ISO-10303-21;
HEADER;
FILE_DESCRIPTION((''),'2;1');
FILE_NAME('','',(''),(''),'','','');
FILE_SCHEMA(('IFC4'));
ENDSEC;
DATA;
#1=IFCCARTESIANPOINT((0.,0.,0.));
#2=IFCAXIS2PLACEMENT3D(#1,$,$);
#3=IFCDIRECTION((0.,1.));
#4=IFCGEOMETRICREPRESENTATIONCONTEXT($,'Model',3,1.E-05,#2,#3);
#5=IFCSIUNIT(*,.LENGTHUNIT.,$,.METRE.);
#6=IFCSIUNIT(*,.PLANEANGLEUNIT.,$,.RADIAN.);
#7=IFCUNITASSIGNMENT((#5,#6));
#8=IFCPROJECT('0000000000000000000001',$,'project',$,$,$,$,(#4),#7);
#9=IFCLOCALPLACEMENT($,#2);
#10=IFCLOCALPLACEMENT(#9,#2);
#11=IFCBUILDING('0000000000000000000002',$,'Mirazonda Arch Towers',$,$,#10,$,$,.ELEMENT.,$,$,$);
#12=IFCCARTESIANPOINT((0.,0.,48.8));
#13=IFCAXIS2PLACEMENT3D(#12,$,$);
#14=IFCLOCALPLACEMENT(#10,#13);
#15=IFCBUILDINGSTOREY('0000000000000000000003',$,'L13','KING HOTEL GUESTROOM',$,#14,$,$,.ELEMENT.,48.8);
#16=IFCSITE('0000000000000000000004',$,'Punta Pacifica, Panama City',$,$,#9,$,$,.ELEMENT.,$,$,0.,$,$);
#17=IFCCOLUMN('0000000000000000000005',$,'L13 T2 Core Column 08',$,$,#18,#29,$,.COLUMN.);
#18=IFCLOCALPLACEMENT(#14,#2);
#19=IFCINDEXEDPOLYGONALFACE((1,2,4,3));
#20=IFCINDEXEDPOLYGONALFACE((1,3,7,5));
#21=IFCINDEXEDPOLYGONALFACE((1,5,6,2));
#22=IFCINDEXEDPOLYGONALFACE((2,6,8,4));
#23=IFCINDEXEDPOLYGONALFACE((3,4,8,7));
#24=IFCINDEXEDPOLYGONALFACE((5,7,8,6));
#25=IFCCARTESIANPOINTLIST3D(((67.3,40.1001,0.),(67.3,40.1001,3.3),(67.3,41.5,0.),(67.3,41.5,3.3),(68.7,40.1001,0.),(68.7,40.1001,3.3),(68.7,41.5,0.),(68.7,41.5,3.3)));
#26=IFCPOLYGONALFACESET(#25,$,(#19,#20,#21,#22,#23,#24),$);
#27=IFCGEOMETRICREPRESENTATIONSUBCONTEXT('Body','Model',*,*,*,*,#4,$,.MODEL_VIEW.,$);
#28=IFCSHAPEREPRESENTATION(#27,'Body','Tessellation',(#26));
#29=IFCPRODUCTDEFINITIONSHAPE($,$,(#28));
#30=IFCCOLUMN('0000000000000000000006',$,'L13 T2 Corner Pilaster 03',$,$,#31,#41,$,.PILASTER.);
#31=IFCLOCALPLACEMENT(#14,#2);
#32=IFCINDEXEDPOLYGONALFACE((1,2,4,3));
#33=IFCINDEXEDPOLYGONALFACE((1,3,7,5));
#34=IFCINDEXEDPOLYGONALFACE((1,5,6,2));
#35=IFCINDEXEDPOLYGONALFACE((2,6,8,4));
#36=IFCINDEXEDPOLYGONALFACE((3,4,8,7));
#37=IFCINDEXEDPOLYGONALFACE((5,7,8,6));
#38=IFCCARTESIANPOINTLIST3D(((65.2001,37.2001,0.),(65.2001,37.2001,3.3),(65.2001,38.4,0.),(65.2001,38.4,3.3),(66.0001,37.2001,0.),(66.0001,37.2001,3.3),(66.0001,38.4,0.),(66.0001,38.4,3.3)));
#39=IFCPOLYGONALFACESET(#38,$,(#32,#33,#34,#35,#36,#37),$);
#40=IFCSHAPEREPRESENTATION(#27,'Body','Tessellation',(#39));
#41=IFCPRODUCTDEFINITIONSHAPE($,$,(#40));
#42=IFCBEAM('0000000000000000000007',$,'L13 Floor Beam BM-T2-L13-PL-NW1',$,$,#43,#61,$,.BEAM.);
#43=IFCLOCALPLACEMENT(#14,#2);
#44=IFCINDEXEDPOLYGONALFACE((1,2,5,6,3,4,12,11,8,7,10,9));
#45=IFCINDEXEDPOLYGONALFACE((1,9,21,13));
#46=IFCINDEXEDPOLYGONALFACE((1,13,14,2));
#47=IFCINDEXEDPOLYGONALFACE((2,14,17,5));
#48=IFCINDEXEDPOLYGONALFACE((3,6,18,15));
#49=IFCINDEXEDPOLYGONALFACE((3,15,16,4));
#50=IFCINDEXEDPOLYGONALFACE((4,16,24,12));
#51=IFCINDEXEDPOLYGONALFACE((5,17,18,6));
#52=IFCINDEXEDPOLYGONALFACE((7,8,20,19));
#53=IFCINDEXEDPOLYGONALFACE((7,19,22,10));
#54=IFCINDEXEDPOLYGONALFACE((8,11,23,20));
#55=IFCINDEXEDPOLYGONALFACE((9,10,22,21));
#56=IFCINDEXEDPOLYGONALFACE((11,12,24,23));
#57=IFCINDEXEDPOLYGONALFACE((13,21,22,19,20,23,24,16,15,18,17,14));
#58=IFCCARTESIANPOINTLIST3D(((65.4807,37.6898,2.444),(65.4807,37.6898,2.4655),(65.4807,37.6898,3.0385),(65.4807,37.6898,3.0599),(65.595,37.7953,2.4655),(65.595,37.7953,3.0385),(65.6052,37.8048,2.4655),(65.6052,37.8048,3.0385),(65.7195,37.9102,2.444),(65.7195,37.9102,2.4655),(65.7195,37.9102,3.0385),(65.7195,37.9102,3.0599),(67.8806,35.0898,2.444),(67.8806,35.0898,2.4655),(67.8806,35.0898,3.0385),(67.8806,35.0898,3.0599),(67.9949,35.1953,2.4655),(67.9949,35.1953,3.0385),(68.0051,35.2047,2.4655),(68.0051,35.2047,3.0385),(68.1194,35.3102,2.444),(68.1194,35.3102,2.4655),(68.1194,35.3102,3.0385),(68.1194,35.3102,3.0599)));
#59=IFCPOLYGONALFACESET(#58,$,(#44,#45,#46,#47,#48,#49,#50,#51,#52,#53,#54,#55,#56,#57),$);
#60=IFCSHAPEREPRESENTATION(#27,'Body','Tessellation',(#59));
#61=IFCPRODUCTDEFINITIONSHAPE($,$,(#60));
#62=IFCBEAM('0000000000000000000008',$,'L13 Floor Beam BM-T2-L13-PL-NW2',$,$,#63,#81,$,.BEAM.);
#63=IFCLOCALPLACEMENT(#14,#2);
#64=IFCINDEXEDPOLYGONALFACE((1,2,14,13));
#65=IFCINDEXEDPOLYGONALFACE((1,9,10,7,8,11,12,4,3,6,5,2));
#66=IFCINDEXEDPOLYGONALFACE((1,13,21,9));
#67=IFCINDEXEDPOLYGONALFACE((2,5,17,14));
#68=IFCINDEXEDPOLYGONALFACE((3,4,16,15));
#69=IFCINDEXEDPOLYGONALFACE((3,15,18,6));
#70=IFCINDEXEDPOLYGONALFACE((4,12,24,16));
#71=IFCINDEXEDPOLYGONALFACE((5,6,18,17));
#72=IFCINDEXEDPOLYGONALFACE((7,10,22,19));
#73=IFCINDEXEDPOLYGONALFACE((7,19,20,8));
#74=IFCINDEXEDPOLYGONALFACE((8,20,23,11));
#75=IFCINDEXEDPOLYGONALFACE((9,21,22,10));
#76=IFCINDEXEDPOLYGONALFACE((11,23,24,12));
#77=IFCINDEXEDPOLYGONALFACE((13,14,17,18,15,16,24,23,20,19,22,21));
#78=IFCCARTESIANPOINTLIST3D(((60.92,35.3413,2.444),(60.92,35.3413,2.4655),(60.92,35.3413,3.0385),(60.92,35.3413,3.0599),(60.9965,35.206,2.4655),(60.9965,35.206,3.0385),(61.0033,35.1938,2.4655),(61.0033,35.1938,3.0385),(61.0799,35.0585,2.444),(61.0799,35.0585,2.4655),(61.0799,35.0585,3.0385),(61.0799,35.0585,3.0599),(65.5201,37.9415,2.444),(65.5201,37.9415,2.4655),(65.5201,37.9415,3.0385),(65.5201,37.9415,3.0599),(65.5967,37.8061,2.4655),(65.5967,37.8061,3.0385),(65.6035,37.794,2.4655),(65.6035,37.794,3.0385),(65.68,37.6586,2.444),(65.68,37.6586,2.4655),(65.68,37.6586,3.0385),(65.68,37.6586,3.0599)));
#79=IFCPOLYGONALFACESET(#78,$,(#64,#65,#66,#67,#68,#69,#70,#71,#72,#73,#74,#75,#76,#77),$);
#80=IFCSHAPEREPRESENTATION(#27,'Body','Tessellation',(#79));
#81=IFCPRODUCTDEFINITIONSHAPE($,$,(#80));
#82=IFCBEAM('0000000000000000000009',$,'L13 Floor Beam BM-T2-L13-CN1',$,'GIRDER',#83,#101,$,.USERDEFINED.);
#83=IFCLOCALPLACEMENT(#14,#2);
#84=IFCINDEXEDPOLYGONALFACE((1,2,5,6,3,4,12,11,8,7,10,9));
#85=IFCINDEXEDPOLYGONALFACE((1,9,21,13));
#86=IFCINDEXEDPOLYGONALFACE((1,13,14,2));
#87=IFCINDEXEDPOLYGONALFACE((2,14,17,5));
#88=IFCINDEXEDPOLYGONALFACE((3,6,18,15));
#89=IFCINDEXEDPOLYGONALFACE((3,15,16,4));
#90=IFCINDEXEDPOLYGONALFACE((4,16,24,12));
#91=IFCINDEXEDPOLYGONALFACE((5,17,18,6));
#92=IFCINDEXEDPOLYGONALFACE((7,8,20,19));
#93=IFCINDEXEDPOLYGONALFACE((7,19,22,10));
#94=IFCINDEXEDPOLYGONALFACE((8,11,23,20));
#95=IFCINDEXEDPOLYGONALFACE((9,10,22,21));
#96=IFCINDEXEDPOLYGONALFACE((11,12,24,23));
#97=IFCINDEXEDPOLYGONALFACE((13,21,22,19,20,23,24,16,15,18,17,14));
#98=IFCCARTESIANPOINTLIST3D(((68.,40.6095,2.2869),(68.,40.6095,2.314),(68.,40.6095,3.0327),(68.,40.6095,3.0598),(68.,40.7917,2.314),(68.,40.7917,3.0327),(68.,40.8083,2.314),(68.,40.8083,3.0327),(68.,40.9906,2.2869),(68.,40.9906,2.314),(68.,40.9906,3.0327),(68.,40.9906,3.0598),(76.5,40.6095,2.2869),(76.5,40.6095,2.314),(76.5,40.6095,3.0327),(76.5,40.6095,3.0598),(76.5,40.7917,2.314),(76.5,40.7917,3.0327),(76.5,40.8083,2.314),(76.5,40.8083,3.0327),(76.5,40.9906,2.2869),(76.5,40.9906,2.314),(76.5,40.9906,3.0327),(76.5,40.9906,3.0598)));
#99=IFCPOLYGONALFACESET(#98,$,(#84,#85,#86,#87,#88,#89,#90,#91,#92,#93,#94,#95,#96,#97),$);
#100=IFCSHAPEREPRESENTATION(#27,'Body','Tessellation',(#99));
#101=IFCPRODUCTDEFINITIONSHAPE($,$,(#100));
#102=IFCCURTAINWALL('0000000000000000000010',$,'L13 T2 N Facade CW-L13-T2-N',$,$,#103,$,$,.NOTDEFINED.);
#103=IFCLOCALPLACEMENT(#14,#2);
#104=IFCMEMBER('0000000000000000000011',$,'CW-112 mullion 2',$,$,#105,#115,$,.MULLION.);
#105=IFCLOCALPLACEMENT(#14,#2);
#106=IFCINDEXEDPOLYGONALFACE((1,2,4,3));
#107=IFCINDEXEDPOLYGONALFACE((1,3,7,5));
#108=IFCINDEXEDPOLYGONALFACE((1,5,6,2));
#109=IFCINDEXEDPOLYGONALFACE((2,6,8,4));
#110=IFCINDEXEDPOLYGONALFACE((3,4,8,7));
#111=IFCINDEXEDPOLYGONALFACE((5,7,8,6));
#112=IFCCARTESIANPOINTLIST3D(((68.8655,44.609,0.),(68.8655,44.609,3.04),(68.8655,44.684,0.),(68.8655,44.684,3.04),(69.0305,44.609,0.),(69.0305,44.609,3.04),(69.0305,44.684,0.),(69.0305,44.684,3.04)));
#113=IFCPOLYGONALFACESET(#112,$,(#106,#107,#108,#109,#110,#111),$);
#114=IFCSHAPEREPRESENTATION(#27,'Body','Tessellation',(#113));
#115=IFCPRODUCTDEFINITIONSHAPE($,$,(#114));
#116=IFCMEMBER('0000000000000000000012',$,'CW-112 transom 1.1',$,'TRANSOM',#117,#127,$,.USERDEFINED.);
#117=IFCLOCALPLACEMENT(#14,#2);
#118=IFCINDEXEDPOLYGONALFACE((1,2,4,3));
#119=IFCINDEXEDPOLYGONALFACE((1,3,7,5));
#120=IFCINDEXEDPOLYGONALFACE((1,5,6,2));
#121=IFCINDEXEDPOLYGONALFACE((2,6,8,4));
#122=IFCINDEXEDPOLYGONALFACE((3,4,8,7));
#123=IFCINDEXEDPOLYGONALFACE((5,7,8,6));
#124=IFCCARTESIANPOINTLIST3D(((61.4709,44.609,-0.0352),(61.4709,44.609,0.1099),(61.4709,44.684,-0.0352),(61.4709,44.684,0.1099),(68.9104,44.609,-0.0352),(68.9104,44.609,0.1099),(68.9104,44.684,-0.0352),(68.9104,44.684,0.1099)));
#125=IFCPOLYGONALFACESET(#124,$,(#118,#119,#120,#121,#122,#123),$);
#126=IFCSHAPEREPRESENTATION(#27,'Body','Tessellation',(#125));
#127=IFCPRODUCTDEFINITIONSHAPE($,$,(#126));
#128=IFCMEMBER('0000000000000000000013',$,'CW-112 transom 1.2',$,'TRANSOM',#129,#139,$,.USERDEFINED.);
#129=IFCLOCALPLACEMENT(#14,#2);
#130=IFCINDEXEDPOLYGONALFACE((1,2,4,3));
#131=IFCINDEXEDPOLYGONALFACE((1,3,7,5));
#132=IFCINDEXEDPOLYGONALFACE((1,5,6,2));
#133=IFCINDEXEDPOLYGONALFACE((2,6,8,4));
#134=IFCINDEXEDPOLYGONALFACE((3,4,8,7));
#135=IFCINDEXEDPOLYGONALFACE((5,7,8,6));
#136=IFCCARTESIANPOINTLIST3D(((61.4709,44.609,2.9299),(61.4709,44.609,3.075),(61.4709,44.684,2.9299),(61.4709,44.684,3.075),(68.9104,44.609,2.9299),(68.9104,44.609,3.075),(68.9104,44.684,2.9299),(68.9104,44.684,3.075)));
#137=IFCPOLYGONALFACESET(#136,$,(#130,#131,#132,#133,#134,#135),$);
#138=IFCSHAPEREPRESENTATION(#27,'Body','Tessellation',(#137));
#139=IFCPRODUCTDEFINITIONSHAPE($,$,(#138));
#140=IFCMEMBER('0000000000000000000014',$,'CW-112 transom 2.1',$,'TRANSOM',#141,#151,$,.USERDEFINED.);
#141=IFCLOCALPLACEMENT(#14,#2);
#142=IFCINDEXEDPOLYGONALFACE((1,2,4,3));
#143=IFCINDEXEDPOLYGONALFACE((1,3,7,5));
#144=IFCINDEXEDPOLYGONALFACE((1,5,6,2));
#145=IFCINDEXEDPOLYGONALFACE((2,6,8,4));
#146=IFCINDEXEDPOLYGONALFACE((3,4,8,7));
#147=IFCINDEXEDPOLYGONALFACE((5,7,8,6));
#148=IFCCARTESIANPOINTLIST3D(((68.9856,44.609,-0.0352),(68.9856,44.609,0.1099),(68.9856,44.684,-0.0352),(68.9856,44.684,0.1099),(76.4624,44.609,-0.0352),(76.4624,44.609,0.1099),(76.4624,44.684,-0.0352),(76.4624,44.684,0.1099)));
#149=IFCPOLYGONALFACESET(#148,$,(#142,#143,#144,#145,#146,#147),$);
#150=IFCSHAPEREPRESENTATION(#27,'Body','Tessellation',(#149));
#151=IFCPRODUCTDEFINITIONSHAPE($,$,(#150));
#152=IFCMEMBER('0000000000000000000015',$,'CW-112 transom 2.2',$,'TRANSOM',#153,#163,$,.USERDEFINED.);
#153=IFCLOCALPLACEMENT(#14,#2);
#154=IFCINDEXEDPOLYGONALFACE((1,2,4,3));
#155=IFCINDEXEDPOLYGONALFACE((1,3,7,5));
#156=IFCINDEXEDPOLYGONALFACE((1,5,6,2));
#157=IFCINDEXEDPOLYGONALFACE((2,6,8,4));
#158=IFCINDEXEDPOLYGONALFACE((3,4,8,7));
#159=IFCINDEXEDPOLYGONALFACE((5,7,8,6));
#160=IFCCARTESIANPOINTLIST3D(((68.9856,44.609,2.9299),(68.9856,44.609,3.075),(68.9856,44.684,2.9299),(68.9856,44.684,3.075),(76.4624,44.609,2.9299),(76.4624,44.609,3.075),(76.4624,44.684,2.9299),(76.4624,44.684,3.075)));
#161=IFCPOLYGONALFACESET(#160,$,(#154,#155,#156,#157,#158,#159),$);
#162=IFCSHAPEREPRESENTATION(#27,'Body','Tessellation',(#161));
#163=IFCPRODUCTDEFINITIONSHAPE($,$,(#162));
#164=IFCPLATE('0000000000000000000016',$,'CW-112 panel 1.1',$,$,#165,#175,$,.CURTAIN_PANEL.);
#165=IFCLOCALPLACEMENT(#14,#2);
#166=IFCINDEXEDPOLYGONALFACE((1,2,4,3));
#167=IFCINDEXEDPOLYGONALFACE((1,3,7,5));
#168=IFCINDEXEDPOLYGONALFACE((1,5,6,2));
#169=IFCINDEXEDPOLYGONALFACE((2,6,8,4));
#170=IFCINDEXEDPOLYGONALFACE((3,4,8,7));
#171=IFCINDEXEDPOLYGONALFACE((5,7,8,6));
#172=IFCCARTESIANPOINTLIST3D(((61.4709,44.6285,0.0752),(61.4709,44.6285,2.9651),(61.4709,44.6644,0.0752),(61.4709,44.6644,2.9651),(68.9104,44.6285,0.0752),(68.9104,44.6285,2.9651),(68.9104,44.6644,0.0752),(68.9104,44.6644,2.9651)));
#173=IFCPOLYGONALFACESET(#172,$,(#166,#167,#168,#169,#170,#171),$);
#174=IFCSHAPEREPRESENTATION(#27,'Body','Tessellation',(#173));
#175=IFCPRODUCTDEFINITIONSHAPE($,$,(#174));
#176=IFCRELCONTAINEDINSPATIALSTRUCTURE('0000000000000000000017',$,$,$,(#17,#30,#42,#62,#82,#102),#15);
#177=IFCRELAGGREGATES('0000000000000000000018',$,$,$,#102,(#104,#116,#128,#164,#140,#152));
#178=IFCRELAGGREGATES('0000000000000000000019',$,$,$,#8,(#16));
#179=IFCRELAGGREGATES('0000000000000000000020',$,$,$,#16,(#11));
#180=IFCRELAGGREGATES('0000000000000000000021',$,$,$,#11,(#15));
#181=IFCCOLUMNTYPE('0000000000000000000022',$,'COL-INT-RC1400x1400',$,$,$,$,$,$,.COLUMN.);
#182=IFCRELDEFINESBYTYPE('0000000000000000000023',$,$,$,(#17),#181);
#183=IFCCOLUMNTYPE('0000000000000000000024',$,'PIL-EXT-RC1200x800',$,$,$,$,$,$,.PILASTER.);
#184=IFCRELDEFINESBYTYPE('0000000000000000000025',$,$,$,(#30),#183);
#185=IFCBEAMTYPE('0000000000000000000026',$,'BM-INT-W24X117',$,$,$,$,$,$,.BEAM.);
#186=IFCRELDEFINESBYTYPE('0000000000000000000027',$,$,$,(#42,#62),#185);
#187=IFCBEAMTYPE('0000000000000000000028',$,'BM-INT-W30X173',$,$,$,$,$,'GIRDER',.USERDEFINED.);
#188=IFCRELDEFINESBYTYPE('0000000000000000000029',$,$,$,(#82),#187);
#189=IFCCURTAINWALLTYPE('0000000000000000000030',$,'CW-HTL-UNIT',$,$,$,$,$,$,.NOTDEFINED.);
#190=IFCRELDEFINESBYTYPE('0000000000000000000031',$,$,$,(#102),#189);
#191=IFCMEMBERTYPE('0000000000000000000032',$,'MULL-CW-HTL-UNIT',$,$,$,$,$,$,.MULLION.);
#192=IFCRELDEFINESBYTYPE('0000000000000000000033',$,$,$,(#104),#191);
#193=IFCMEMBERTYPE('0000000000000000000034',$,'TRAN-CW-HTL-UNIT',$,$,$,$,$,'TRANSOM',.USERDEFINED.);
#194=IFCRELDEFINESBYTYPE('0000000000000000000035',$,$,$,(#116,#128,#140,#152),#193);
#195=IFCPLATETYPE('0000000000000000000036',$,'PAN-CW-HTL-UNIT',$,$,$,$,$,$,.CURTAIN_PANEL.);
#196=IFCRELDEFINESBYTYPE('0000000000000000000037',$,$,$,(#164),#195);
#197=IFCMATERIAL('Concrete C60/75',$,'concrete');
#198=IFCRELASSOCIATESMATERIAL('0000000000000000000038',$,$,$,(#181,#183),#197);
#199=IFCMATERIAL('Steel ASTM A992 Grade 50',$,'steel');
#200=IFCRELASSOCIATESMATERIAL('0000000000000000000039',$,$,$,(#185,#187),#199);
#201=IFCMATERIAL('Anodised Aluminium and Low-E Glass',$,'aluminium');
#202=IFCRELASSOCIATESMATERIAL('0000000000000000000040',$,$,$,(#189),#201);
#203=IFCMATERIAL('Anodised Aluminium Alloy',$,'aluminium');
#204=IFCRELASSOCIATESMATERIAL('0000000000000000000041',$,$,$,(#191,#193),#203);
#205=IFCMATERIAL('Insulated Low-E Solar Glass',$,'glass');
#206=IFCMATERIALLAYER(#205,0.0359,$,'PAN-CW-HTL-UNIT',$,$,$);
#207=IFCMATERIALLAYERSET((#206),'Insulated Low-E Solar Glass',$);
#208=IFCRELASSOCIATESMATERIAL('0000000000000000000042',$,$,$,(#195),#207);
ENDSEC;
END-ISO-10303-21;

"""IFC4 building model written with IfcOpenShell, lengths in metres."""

from ifc_helpers import new_model, si_unit, direction, frame, origin, origin_2d, place, context, subcontext, project, spatial, rectangle, i_section, extrude, material, layer, layer_set, material_profile, profile_set, type_object, element, aggregate, save


model = new_model("IFC4")

# Units and contexts
model_context = context("Model", 3, precision=1e-05, world=origin(), true_north=direction((0.0, 1.0)))
body_context = subcontext(model_context, "Body", "Model", "MODEL_VIEW")
ifc_project = project(units=[si_unit("LENGTHUNIT", "METRE"), si_unit("PLANEANGLEUNIT", "RADIAN")], contexts=[model_context])

# Site, building, storey
site_placement = place(None, origin())
site = spatial("IfcSite", under=ifc_project, at=site_placement, Name="Punta Pacifica, Panama City", CompositionType="ELEMENT", RefElevation=0.0)
building_placement = place(site_placement, origin())
building = spatial("IfcBuilding", under=site, at=building_placement, Name="Mirazonda Arch Towers", CompositionType="ELEMENT")
storey_placement = place(building_placement, frame((0.0, 0.0, 48.8)))
storey = spatial("IfcBuildingStorey", under=building, at=storey_placement, Name="L13", Description="KING HOTEL GUESTROOM", CompositionType="ELEMENT", Elevation=48.8)

# Columns
ifc_material_1 = material(Name="Concrete C60/75", Category="concrete")
ifc_material_profile_1 = material_profile(ifc_material_1, rectangle(XDim=1.3999, YDim=1.3999, at=origin_2d()), Name="RC1400x1400")
ifc_profile_set_1 = profile_set([ifc_material_profile_1], Name="Concrete C60/75")
column_type_1 = type_object("IfcColumnType", Name="COL-INT-RC1400x1400", PredefinedType="COLUMN", material=ifc_profile_set_1)
column_1_placement = place(storey_placement, frame((68.0, 40.8, 0.0), z_axis=(0.0, 0.0, 1.0), x_axis=(1.0, 0.0, 0.0)))
element("IfcColumn", 1, at=column_1_placement, inside=storey, type_object=column_type_1, Name="L13 T2 Core Column 08", PredefinedType="COLUMN", context=body_context, shape_type="SweptSolid", body=[
    extrude(rectangle(XDim=1.3999, YDim=1.3999, at=origin_2d()), origin(), (0.0, 0.0, 1.0), 3.3),
])
ifc_material_profile_2 = material_profile(ifc_material_1, rectangle(XDim=0.8, YDim=1.2, at=origin_2d()), Name="RC1200x800")
ifc_profile_set_2 = profile_set([ifc_material_profile_2], Name="Concrete C60/75")
column_type_2 = type_object("IfcColumnType", Name="PIL-EXT-RC1200x800", PredefinedType="PILASTER", material=ifc_profile_set_2)
column_2_placement = place(storey_placement, frame((65.6001, 37.8, 0.0), z_axis=(0.0, 0.0, 1.0), x_axis=(1.0, 0.0, 0.0)))
element("IfcColumn", 2, at=column_2_placement, inside=storey, type_object=column_type_2, Name="L13 T2 Corner Pilaster 03", PredefinedType="PILASTER", context=body_context, shape_type="SweptSolid", body=[
    extrude(rectangle(XDim=0.8, YDim=1.2, at=origin_2d()), origin(), (0.0, 0.0, 1.0), 3.3),
])

# Beams
ifc_material_2 = material(Name="Steel ASTM A992 Grade 50", Category="steel")
ifc_material_profile_3 = material_profile(ifc_material_2, i_section(OverallWidth=0.325, OverallDepth=0.616, WebThickness=0.0139, FlangeThickness=0.0215, at=origin_2d()), Name="W24X117")
ifc_profile_set_3 = profile_set([ifc_material_profile_3], Name="Steel ASTM A992 Grade 50")
beam_type_1 = type_object("IfcBeamType", Name="BM-INT-W24X117", PredefinedType="BEAM", material=ifc_profile_set_3)
beam_1_placement = place(storey_placement, frame((65.6001, 37.8, 2.752), z_axis=(0.678251, -0.73483, 0.0), x_axis=(0.73483, 0.678251, 0.0)))
element("IfcBeam", 3, at=beam_1_placement, inside=storey, type_object=beam_type_1, Name="L13 Floor Beam BM-T2-L13-PL-NW1", PredefinedType="BEAM", context=body_context, shape_type="SweptSolid", body=[
    extrude(i_section(OverallWidth=0.325, OverallDepth=0.616, WebThickness=0.0139, FlangeThickness=0.0215, at=origin_2d()), origin(), (0.0, 0.0, 1.0), 3.5383),
])
beam_2_placement = place(storey_placement, frame((65.6001, 37.8, 2.752), z_axis=(-0.870559, -0.492063, 0.0), x_axis=(0.492063, -0.870559, 0.0)))
element("IfcBeam", 4, at=beam_2_placement, inside=storey, type_object=beam_type_1, Name="L13 Floor Beam BM-T2-L13-PL-NW2", PredefinedType="BEAM", context=body_context, shape_type="SweptSolid", body=[
    extrude(i_section(OverallWidth=0.325, OverallDepth=0.616, WebThickness=0.0139, FlangeThickness=0.0215, at=origin_2d()), origin(), (0.0, 0.0, 1.0), 5.2842),
])
ifc_material_profile_4 = material_profile(ifc_material_2, i_section(OverallWidth=0.3811, OverallDepth=0.7729, WebThickness=0.0166, FlangeThickness=0.0271, at=origin_2d()), Name="W30X173")
ifc_profile_set_4 = profile_set([ifc_material_profile_4], Name="Steel ASTM A992 Grade 50")
beam_type_2 = type_object("IfcBeamType", Name="BM-INT-W30X173", ElementType="GIRDER", PredefinedType="USERDEFINED", material=ifc_profile_set_4)
beam_3_placement = place(storey_placement, frame((68.0, 40.8, 2.6733), z_axis=(1.0, 0.0, 0.0), x_axis=(0.0, 1.0, 0.0)))
element("IfcBeam", 5, at=beam_3_placement, inside=storey, type_object=beam_type_2, Name="L13 Floor Beam BM-T2-L13-CN1", ObjectType="GIRDER", PredefinedType="USERDEFINED", context=body_context, shape_type="SweptSolid", body=[
    extrude(i_section(OverallWidth=0.3811, OverallDepth=0.7729, WebThickness=0.0166, FlangeThickness=0.0271, at=origin_2d()), origin(), (0.0, 0.0, 1.0), 8.5),
])

# Curtain wall, members, plate
ifc_material_3 = material(Name="Anodised Aluminium and Low-E Glass", Category="aluminium")
curtain_wall_type = type_object("IfcCurtainWallType", Name="CW-HTL-UNIT", PredefinedType="NOTDEFINED", material=ifc_material_3)
curtain_wall_placement = place(storey_placement, origin())
curtain_wall = element("IfcCurtainWall", 6, at=curtain_wall_placement, inside=storey, type_object=curtain_wall_type, Name="L13 T2 N Facade CW-L13-T2-N", PredefinedType="NOTDEFINED")
ifc_material_4 = material(Name="Anodised Aluminium Alloy", Category="aluminium")
ifc_material_profile_5 = material_profile(ifc_material_4, rectangle(XDim=0.075, YDim=0.165, at=origin_2d()), Name="ALU-MULL-75x165")
ifc_profile_set_5 = profile_set([ifc_material_profile_5], Name="Anodised Aluminium Alloy")
member_type_1 = type_object("IfcMemberType", Name="MULL-CW-HTL-UNIT", PredefinedType="MULLION", material=ifc_profile_set_5)
member_1_placement = place(storey_placement, frame((68.948, 44.6465, 0.0), z_axis=(0.0, 0.0, 1.0), x_axis=(0.0, 1.0, 0.0)))
member_1 = element("IfcMember", 7, at=member_1_placement, type_object=member_type_1, Name="CW-112 mullion 2", PredefinedType="MULLION", context=body_context, shape_type="SweptSolid", body=[
    extrude(rectangle(XDim=0.075, YDim=0.165, at=origin_2d()), origin(), (0.0, 0.0, 1.0), 3.04),
])
ifc_material_profile_6 = material_profile(ifc_material_4, rectangle(XDim=0.075, YDim=0.145, at=origin_2d()), Name="ALU-TRAN-75x145")
ifc_profile_set_6 = profile_set([ifc_material_profile_6], Name="Anodised Aluminium Alloy")
member_type_2 = type_object("IfcMemberType", Name="TRAN-CW-HTL-UNIT", ElementType="TRANSOM", PredefinedType="USERDEFINED", material=ifc_profile_set_6)
member_2_placement = place(storey_placement, frame((61.4709, 44.6465, 0.0374), z_axis=(1.0, 0.0, 0.0), x_axis=(0.0, 1.0, 0.0)))
member_2 = element("IfcMember", 8, at=member_2_placement, type_object=member_type_2, Name="CW-112 transom 1.1", ObjectType="TRANSOM", PredefinedType="USERDEFINED", context=body_context, shape_type="SweptSolid", body=[
    extrude(rectangle(XDim=0.075, YDim=0.145, at=origin_2d()), origin(), (0.0, 0.0, 1.0), 7.4395),
])
member_3_placement = place(storey_placement, frame((61.4709, 44.6465, 3.0024), z_axis=(1.0, 0.0, 0.0), x_axis=(0.0, 1.0, 0.0)))
member_3 = element("IfcMember", 9, at=member_3_placement, type_object=member_type_2, Name="CW-112 transom 1.2", ObjectType="TRANSOM", PredefinedType="USERDEFINED", context=body_context, shape_type="SweptSolid", body=[
    extrude(rectangle(XDim=0.075, YDim=0.145, at=origin_2d()), origin(), (0.0, 0.0, 1.0), 7.4395),
])
member_4_placement = place(storey_placement, frame((68.9856, 44.6465, 0.0374), z_axis=(1.0, 0.0, 0.0), x_axis=(0.0, 1.0, 0.0)))
member_4 = element("IfcMember", 10, at=member_4_placement, type_object=member_type_2, Name="CW-112 transom 2.1", ObjectType="TRANSOM", PredefinedType="USERDEFINED", context=body_context, shape_type="SweptSolid", body=[
    extrude(rectangle(XDim=0.075, YDim=0.145, at=origin_2d()), origin(), (0.0, 0.0, 1.0), 7.4768),
])
member_5_placement = place(storey_placement, frame((68.9856, 44.6465, 3.0024), z_axis=(1.0, 0.0, 0.0), x_axis=(0.0, 1.0, 0.0)))
member_5 = element("IfcMember", 11, at=member_5_placement, type_object=member_type_2, Name="CW-112 transom 2.2", ObjectType="TRANSOM", PredefinedType="USERDEFINED", context=body_context, shape_type="SweptSolid", body=[
    extrude(rectangle(XDim=0.075, YDim=0.145, at=origin_2d()), origin(), (0.0, 0.0, 1.0), 7.4768),
])
ifc_material_5 = material(Name="Insulated Low-E Solar Glass", Category="glass")
ifc_layer_1 = layer(ifc_material_5, 0.0359, Name="PAN-CW-HTL-UNIT")
ifc_layer_set_1 = layer_set([ifc_layer_1], Name="Insulated Low-E Solar Glass")
plate_type = type_object("IfcPlateType", Name="PAN-CW-HTL-UNIT", PredefinedType="CURTAIN_PANEL", material=ifc_layer_set_1)
plate_placement = place(storey_placement, frame((65.1907, 44.6465, 0.0752), z_axis=(0.0, 0.0, 1.0), x_axis=(1.0, 0.0, 0.0)))
plate = element("IfcPlate", 12, at=plate_placement, type_object=plate_type, Name="CW-112 panel 1.1", PredefinedType="CURTAIN_PANEL", context=body_context, shape_type="SweptSolid", body=[
    extrude(rectangle(XDim=7.4395, YDim=0.0359, at=origin_2d()), origin(), (0.0, 0.0, 1.0), 2.8899),
])
aggregate(curtain_wall, [member_1, member_2, member_3, plate, member_4, member_5])

save(model, "model.ifc")
